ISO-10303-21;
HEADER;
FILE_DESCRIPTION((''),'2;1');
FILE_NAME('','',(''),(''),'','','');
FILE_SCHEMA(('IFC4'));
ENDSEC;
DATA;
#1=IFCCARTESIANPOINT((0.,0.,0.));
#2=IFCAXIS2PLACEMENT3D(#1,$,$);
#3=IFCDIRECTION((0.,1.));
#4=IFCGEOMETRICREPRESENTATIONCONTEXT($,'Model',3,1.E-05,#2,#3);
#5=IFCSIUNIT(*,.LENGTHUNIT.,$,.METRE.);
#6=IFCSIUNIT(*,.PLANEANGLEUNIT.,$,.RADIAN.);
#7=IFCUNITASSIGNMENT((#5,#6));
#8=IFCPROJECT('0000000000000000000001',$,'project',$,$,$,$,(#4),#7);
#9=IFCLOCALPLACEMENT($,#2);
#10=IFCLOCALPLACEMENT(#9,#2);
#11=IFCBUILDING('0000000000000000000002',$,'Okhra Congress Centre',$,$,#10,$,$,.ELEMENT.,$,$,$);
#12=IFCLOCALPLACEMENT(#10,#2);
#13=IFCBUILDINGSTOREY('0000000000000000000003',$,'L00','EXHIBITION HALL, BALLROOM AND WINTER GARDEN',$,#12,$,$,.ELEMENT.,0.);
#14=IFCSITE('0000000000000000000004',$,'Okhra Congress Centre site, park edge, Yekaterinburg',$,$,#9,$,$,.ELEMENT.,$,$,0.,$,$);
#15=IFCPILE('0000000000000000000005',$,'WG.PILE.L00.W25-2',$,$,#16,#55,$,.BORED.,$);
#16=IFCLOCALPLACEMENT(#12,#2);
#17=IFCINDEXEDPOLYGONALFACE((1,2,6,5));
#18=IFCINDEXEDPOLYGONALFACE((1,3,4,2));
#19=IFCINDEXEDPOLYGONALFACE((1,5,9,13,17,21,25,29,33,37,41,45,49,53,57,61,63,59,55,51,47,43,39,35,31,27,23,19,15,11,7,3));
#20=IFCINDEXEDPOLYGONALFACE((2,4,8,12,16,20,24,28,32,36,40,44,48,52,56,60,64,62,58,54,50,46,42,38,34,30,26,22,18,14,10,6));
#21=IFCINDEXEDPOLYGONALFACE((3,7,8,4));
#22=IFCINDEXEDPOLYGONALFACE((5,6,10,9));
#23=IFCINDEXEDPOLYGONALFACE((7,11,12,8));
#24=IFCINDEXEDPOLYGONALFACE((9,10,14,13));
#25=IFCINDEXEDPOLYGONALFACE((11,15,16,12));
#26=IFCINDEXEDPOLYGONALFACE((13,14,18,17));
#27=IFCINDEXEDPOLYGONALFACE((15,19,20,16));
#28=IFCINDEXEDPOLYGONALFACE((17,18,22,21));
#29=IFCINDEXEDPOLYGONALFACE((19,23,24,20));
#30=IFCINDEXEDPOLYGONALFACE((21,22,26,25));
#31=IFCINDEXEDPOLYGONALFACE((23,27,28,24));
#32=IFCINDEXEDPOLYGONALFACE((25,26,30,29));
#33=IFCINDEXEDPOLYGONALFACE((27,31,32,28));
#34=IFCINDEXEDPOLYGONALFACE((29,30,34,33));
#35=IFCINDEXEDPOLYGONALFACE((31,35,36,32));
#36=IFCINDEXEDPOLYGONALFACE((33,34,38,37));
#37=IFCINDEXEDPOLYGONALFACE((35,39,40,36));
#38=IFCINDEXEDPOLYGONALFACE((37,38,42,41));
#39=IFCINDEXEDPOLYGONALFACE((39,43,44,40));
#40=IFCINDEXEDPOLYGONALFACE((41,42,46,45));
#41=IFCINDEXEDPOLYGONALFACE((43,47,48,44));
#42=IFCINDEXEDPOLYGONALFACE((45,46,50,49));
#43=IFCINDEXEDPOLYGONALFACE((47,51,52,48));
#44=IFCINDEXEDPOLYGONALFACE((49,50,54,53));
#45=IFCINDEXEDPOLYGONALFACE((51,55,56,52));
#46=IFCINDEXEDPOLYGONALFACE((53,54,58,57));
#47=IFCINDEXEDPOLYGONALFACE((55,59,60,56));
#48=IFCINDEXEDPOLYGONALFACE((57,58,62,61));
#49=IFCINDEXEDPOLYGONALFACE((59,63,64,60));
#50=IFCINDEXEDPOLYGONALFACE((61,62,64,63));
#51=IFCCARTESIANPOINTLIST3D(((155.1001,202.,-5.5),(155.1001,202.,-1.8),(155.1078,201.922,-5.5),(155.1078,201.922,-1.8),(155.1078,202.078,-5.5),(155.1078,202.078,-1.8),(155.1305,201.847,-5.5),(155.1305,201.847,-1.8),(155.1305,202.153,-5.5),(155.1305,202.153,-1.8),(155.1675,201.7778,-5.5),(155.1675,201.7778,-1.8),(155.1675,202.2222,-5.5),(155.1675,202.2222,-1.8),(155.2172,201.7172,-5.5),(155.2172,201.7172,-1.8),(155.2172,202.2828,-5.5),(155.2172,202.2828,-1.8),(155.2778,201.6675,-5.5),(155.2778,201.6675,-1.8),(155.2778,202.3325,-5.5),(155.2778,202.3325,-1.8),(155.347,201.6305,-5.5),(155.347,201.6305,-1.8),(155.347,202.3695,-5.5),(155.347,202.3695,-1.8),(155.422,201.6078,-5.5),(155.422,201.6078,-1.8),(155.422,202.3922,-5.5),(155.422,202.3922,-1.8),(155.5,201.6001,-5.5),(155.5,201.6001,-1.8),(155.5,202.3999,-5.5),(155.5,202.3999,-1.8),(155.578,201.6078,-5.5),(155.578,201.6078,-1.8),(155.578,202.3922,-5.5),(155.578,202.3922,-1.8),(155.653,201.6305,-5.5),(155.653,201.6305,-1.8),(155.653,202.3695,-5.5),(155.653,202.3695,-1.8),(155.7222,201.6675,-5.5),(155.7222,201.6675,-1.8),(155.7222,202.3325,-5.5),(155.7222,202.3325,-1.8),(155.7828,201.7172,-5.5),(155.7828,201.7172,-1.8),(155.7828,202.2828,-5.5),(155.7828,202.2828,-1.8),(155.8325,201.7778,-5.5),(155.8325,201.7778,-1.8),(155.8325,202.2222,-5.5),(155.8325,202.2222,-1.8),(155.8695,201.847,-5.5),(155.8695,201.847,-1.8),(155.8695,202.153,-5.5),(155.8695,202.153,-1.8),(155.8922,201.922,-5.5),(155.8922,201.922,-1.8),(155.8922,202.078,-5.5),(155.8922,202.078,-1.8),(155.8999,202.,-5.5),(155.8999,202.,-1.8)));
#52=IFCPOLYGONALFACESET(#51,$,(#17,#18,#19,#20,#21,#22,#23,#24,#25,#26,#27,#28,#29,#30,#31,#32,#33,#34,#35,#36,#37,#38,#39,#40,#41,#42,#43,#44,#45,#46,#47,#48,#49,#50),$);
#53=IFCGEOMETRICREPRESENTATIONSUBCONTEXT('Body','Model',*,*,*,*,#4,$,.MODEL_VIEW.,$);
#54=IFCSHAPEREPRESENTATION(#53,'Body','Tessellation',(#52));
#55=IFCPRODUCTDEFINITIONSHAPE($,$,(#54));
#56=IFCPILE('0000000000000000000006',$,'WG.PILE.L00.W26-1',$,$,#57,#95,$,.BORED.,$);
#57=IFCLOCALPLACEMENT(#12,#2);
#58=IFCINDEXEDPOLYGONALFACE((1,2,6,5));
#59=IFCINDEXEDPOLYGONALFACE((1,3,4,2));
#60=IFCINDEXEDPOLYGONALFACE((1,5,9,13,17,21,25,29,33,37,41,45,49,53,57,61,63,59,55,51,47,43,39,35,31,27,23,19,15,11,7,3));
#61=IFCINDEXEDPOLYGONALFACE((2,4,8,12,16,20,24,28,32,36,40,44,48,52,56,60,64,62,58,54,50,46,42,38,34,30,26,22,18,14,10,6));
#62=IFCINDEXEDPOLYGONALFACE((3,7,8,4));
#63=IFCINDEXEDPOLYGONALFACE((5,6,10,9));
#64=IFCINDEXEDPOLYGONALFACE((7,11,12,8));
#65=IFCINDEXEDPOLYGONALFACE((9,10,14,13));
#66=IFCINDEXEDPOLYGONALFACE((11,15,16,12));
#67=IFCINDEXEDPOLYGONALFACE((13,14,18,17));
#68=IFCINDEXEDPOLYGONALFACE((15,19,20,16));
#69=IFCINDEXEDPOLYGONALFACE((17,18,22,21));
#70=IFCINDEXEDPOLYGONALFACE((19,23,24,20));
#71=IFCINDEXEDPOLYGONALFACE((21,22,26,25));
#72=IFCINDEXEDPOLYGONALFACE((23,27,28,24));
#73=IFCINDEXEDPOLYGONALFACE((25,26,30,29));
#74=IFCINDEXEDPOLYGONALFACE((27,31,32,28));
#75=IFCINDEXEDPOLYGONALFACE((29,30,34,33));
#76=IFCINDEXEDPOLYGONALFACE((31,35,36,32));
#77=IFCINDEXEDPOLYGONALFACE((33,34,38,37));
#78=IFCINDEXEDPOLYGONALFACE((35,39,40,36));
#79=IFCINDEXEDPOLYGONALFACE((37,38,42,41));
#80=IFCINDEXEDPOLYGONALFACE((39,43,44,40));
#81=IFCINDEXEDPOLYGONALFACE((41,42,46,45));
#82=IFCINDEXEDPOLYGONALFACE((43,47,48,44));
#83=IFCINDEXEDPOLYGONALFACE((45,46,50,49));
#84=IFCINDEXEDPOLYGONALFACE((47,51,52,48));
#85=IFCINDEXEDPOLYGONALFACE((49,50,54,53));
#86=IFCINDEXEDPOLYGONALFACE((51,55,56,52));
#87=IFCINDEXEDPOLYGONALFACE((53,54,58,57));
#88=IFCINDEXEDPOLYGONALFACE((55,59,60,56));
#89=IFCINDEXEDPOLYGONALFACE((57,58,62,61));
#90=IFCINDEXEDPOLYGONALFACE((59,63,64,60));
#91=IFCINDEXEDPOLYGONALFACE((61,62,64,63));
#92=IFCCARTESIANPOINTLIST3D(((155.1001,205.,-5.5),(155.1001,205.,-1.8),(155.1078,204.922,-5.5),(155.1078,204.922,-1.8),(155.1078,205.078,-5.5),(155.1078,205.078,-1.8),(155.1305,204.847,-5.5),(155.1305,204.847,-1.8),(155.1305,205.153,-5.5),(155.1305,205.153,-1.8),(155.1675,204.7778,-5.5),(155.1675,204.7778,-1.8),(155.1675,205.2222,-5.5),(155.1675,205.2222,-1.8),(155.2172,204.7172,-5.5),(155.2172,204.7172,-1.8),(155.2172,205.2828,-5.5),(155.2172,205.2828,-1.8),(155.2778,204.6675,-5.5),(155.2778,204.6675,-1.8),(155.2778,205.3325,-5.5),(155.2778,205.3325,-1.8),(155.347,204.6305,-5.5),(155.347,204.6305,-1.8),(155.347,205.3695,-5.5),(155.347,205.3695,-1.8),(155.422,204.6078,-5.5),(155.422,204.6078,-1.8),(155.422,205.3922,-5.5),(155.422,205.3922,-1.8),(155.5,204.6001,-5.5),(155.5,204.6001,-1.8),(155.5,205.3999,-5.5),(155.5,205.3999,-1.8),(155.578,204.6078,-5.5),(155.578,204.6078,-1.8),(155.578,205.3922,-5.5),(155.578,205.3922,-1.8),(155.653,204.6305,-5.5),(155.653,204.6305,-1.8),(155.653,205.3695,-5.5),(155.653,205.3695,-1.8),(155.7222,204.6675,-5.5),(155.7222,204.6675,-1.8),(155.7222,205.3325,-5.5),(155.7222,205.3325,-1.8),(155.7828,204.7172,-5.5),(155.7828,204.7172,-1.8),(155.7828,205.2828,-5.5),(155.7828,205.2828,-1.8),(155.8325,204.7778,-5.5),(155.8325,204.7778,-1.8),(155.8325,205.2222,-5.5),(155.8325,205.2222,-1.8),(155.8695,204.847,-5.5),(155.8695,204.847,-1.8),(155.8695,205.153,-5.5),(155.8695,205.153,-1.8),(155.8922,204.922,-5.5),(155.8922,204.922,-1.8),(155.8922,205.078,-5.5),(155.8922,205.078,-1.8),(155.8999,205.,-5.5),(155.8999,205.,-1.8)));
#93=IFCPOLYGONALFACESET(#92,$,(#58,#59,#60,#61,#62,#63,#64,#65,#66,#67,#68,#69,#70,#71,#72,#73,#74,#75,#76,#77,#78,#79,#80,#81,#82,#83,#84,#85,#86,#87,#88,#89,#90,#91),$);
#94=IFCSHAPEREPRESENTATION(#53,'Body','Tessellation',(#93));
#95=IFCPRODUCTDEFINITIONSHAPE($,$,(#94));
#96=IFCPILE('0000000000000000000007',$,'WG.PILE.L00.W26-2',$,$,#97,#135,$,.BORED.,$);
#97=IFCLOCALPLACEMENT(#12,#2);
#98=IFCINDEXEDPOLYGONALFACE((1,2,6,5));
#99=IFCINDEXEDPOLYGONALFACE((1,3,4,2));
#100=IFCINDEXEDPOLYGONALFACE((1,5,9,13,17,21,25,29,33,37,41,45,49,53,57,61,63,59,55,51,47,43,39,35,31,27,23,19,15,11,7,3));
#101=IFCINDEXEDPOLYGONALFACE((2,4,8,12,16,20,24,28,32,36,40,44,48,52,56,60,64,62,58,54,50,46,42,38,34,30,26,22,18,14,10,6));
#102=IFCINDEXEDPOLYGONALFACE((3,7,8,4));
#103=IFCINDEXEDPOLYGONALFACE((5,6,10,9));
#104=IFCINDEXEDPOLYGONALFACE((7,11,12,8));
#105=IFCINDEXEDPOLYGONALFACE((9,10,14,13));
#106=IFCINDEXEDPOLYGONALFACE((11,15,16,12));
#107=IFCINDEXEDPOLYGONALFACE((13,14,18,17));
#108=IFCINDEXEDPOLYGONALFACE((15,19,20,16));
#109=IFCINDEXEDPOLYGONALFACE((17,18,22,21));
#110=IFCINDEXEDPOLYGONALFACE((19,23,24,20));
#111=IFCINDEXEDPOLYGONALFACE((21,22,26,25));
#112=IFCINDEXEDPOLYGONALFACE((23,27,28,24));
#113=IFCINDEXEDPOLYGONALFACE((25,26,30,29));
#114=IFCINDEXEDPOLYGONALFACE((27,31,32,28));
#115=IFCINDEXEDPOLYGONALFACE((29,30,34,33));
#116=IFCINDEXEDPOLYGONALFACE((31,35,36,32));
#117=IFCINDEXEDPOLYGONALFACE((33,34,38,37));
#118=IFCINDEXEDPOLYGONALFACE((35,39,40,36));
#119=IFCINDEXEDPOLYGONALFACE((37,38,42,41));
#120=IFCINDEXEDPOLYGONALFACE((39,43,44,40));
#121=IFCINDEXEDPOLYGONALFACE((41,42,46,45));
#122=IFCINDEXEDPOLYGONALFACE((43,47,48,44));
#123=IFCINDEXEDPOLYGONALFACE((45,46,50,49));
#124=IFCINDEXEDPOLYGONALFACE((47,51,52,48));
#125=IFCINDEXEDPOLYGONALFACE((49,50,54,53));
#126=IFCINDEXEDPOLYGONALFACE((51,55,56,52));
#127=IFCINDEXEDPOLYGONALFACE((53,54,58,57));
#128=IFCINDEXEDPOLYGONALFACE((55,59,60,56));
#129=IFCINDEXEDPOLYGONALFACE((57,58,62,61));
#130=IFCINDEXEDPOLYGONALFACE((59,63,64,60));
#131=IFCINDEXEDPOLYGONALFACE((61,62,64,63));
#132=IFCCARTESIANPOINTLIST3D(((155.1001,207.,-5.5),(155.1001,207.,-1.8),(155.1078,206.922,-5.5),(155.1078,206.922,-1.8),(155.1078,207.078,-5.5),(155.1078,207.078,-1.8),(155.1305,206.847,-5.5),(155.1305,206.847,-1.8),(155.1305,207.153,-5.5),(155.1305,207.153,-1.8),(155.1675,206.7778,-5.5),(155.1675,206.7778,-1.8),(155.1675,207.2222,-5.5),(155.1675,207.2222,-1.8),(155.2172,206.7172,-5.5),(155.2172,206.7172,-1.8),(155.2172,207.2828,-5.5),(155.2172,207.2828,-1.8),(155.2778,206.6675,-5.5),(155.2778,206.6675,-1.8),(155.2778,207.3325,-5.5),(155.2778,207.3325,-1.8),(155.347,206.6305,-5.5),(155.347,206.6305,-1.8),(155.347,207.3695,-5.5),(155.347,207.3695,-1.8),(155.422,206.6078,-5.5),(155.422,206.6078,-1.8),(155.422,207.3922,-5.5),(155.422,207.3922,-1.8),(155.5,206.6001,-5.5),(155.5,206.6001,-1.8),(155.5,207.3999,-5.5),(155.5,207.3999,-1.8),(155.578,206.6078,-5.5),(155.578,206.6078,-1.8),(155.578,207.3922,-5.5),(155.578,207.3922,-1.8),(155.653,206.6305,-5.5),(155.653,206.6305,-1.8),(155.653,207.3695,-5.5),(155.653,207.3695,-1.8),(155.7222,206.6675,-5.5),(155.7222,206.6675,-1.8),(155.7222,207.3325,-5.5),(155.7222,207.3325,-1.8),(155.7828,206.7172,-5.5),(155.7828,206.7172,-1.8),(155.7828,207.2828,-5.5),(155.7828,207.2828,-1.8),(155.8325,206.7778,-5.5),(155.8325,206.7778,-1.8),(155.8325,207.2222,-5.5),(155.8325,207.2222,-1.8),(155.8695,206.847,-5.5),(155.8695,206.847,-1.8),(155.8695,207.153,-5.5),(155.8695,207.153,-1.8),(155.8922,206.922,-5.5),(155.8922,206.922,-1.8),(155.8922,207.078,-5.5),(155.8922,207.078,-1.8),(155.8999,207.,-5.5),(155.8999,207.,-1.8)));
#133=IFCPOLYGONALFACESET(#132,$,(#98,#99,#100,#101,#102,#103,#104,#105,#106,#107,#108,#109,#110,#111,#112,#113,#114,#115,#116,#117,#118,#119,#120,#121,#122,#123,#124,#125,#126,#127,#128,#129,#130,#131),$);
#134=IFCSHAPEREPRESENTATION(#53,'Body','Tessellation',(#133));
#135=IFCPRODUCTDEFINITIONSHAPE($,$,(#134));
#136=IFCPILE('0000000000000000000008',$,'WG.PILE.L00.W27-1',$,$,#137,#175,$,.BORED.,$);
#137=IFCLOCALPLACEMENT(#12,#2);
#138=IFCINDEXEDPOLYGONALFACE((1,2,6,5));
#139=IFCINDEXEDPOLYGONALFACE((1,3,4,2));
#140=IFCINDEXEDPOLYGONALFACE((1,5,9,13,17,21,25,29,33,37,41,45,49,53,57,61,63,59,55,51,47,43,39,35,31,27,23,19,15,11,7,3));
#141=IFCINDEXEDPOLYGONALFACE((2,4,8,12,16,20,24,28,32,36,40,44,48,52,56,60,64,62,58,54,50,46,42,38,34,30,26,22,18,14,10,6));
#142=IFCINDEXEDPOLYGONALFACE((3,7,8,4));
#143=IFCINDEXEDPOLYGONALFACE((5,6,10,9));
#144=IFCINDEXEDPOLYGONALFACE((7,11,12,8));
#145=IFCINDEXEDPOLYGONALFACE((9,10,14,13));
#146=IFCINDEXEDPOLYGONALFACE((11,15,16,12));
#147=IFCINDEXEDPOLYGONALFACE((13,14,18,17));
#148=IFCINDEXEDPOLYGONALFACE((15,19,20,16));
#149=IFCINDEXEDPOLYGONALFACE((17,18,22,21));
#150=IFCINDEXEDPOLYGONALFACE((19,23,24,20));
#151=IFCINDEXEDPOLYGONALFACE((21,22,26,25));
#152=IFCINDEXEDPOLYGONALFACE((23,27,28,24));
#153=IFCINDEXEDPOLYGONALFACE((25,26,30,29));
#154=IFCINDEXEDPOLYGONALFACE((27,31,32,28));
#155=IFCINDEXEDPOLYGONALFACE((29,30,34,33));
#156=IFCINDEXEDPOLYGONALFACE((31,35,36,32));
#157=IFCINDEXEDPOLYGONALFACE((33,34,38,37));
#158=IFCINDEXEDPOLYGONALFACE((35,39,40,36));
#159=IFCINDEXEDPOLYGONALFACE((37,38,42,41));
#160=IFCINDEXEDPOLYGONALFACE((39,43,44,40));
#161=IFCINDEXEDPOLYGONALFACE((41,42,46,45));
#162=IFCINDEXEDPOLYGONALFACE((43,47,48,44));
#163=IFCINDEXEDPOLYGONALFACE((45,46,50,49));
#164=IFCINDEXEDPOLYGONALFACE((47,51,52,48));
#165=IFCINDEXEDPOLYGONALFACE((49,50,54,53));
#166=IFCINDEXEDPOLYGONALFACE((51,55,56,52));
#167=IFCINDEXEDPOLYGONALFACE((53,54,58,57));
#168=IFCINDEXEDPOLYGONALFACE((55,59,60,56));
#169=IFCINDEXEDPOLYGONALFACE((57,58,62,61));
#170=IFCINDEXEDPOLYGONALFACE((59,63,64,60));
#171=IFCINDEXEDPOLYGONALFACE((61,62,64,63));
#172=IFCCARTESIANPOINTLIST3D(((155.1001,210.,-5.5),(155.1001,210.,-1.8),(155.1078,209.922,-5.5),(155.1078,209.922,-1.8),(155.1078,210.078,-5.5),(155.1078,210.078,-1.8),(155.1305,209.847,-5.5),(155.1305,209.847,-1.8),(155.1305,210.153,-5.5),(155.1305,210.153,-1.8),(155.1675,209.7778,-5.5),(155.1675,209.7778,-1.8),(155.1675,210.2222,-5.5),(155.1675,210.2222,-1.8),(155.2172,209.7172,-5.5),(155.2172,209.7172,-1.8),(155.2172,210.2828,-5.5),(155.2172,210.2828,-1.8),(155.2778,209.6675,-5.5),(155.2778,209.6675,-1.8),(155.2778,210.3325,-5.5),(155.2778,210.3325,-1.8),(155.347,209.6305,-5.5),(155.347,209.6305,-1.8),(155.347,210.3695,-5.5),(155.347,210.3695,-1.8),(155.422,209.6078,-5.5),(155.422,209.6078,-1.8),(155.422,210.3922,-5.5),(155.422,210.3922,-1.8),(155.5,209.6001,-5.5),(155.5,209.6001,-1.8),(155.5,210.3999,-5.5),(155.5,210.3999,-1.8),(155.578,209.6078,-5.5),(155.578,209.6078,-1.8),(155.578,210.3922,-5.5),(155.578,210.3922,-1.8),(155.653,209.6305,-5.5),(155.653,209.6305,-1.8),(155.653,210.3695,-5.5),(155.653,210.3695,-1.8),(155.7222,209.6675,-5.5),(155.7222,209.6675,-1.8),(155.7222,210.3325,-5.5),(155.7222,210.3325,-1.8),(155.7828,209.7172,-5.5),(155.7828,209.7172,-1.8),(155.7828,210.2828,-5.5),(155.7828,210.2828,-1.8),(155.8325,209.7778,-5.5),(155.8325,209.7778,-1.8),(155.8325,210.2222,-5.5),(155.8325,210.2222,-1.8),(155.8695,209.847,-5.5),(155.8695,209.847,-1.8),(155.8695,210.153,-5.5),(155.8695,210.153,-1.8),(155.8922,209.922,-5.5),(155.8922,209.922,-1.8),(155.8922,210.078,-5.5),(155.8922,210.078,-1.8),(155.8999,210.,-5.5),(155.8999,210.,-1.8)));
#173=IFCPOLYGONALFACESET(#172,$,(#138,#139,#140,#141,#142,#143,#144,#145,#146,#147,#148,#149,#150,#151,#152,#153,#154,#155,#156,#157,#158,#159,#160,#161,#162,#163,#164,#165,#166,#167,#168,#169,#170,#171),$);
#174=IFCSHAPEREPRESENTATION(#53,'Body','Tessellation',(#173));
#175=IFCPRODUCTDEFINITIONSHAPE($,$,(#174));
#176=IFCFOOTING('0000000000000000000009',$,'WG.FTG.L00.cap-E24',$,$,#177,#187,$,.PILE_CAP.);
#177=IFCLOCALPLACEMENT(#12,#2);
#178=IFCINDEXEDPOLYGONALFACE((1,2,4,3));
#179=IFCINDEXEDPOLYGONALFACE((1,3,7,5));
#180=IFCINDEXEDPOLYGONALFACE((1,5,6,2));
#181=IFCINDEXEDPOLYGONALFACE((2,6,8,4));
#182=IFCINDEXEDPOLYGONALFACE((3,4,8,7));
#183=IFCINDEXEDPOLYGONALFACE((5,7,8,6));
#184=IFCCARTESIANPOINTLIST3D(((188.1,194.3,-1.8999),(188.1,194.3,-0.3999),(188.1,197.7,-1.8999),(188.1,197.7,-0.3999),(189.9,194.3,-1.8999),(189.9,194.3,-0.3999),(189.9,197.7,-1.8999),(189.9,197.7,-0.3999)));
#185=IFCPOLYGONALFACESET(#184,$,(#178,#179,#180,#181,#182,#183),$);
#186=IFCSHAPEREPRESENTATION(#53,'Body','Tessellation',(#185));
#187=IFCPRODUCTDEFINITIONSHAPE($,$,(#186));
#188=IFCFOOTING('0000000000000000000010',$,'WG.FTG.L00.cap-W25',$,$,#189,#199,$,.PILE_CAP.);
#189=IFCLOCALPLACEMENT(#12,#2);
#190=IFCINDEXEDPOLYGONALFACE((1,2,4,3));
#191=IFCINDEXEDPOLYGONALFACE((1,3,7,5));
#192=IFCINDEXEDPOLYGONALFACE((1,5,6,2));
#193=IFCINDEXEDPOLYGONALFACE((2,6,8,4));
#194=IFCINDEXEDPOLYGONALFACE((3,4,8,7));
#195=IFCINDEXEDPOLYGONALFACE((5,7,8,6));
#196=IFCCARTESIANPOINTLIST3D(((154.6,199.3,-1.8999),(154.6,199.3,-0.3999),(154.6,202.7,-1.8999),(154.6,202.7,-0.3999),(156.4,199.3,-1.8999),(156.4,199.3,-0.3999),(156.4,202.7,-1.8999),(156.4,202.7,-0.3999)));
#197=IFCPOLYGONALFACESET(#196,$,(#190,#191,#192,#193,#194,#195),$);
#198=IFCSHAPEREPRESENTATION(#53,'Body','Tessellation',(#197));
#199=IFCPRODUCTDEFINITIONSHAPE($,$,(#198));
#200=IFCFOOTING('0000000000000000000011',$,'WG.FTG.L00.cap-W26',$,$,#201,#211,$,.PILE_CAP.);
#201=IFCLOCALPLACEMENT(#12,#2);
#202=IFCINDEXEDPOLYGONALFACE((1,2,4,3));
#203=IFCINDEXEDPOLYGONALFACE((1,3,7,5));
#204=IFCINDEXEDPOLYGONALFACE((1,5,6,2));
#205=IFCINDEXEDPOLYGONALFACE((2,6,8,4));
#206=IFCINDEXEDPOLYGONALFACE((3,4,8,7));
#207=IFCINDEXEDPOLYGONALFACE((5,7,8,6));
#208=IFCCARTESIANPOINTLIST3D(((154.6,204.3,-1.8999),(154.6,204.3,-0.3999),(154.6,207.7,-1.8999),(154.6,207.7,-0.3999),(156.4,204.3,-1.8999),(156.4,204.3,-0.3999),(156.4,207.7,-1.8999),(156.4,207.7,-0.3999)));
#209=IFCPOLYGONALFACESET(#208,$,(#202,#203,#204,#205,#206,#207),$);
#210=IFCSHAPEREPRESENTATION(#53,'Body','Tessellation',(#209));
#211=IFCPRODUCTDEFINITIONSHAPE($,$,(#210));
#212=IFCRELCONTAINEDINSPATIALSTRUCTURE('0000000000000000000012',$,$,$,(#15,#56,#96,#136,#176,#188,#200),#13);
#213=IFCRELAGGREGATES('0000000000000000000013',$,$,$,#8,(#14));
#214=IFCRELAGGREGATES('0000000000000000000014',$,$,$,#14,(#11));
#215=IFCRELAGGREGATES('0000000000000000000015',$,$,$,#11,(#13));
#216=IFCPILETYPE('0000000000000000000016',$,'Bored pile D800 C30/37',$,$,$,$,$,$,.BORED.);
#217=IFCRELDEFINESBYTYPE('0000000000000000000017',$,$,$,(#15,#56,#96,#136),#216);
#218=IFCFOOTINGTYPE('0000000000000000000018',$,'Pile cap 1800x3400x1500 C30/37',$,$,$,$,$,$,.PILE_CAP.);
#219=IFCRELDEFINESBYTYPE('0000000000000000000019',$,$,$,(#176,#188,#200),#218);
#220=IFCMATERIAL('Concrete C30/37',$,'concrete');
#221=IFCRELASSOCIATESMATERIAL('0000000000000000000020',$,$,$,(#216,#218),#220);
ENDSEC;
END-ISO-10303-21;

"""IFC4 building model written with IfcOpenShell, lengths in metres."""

from ifc_helpers import new_model, si_unit, direction, frame, origin, origin_2d, place, context, subcontext, project, spatial, rectangle, circle, extrude, material, material_profile, profile_set, type_object, element, save


model = new_model("IFC4")

# Units and contexts
model_context = context("Model", 3, precision=1e-05, world=origin(), true_north=direction((0.0, 1.0)))
body_context = subcontext(model_context, "Body", "Model", "MODEL_VIEW")
ifc_project = project(units=[si_unit("LENGTHUNIT", "METRE"), si_unit("PLANEANGLEUNIT", "RADIAN")], contexts=[model_context])

# Site, building, storey
site_placement = place(None, origin())
site = spatial("IfcSite", under=ifc_project, at=site_placement, Name="Okhra Congress Centre site, park edge, Yekaterinburg", CompositionType="ELEMENT", RefElevation=0.0)
building_placement = place(site_placement, origin())
building = spatial("IfcBuilding", under=site, at=building_placement, Name="Okhra Congress Centre", CompositionType="ELEMENT")
storey_placement = place(building_placement, origin())
storey = spatial("IfcBuildingStorey", under=building, at=storey_placement, Name="L00", Description="EXHIBITION HALL, BALLROOM AND WINTER GARDEN", CompositionType="ELEMENT", Elevation=0.0)

# Piles
ifc_material_1 = material(Name="Concrete C30/37", Category="concrete")
ifc_material_profile_1 = material_profile(ifc_material_1, circle(Radius=0.3999, at=origin_2d()), Name="D800")
ifc_profile_set_1 = profile_set([ifc_material_profile_1], Name="Concrete C30/37")
pile_type = type_object("IfcPileType", Name="Bored pile D800 C30/37", PredefinedType="BORED", material=ifc_profile_set_1)
for number, where, z_axis, x_axis, name in (
    (1, (155.5, 202.0, -1.8), (0.0, 0.0, -1.0), (1.0, 0.0, 0.0), "WG.PILE.L00.W25-2"),
    (2, (155.5, 205.0, -1.8), (0.0, 0.0, -1.0), (1.0, 0.0, 0.0), "WG.PILE.L00.W26-1"),
    (3, (155.5, 207.0, -1.8), (0.0, 0.0, -1.0), (1.0, 0.0, 0.0), "WG.PILE.L00.W26-2"),
    (4, (155.5, 210.0, -1.8), (0.0, 0.0, -1.0), (1.0, 0.0, 0.0), "WG.PILE.L00.W27-1"),
):
    element("IfcPile", number, at=place(storey_placement, frame(where, z_axis=z_axis, x_axis=x_axis)), inside=storey, type_object=pile_type, Name=name, PredefinedType="BORED", context=body_context, shape_type="SweptSolid", body=[
        extrude(circle(Radius=0.3999, at=origin_2d()), origin(), (0.0, 0.0, 1.0), 3.7),
    ])

# Footings
footing_type_1 = type_object("IfcFootingType", Name="Pile cap 1800x3400x1500 C30/37", PredefinedType="PILE_CAP", material=ifc_material_1)
for number, where, z_axis, x_axis, name in (
    (5, (189.0, 196.0, -1.8999), (0.0, 0.0, 1.0), (1.0, 0.0, 0.0), "WG.FTG.L00.cap-E24"),
    (6, (155.5, 201.0, -1.8999), (0.0, 0.0, 1.0), (1.0, 0.0, 0.0), "WG.FTG.L00.cap-W25"),
    (7, (155.5, 206.0, -1.8999), (0.0, 0.0, 1.0), (1.0, 0.0, 0.0), "WG.FTG.L00.cap-W26"),
):
    element("IfcFooting", number, at=place(storey_placement, frame(where, z_axis=z_axis, x_axis=x_axis)), inside=storey, type_object=footing_type_1, Name=name, PredefinedType="PILE_CAP", context=body_context, shape_type="SweptSolid", body=[
        extrude(rectangle(XDim=1.8, YDim=3.3999, at=origin_2d()), origin(), (0.0, 0.0, 1.0), 1.5),
    ])

save(model, "model.ifc")
